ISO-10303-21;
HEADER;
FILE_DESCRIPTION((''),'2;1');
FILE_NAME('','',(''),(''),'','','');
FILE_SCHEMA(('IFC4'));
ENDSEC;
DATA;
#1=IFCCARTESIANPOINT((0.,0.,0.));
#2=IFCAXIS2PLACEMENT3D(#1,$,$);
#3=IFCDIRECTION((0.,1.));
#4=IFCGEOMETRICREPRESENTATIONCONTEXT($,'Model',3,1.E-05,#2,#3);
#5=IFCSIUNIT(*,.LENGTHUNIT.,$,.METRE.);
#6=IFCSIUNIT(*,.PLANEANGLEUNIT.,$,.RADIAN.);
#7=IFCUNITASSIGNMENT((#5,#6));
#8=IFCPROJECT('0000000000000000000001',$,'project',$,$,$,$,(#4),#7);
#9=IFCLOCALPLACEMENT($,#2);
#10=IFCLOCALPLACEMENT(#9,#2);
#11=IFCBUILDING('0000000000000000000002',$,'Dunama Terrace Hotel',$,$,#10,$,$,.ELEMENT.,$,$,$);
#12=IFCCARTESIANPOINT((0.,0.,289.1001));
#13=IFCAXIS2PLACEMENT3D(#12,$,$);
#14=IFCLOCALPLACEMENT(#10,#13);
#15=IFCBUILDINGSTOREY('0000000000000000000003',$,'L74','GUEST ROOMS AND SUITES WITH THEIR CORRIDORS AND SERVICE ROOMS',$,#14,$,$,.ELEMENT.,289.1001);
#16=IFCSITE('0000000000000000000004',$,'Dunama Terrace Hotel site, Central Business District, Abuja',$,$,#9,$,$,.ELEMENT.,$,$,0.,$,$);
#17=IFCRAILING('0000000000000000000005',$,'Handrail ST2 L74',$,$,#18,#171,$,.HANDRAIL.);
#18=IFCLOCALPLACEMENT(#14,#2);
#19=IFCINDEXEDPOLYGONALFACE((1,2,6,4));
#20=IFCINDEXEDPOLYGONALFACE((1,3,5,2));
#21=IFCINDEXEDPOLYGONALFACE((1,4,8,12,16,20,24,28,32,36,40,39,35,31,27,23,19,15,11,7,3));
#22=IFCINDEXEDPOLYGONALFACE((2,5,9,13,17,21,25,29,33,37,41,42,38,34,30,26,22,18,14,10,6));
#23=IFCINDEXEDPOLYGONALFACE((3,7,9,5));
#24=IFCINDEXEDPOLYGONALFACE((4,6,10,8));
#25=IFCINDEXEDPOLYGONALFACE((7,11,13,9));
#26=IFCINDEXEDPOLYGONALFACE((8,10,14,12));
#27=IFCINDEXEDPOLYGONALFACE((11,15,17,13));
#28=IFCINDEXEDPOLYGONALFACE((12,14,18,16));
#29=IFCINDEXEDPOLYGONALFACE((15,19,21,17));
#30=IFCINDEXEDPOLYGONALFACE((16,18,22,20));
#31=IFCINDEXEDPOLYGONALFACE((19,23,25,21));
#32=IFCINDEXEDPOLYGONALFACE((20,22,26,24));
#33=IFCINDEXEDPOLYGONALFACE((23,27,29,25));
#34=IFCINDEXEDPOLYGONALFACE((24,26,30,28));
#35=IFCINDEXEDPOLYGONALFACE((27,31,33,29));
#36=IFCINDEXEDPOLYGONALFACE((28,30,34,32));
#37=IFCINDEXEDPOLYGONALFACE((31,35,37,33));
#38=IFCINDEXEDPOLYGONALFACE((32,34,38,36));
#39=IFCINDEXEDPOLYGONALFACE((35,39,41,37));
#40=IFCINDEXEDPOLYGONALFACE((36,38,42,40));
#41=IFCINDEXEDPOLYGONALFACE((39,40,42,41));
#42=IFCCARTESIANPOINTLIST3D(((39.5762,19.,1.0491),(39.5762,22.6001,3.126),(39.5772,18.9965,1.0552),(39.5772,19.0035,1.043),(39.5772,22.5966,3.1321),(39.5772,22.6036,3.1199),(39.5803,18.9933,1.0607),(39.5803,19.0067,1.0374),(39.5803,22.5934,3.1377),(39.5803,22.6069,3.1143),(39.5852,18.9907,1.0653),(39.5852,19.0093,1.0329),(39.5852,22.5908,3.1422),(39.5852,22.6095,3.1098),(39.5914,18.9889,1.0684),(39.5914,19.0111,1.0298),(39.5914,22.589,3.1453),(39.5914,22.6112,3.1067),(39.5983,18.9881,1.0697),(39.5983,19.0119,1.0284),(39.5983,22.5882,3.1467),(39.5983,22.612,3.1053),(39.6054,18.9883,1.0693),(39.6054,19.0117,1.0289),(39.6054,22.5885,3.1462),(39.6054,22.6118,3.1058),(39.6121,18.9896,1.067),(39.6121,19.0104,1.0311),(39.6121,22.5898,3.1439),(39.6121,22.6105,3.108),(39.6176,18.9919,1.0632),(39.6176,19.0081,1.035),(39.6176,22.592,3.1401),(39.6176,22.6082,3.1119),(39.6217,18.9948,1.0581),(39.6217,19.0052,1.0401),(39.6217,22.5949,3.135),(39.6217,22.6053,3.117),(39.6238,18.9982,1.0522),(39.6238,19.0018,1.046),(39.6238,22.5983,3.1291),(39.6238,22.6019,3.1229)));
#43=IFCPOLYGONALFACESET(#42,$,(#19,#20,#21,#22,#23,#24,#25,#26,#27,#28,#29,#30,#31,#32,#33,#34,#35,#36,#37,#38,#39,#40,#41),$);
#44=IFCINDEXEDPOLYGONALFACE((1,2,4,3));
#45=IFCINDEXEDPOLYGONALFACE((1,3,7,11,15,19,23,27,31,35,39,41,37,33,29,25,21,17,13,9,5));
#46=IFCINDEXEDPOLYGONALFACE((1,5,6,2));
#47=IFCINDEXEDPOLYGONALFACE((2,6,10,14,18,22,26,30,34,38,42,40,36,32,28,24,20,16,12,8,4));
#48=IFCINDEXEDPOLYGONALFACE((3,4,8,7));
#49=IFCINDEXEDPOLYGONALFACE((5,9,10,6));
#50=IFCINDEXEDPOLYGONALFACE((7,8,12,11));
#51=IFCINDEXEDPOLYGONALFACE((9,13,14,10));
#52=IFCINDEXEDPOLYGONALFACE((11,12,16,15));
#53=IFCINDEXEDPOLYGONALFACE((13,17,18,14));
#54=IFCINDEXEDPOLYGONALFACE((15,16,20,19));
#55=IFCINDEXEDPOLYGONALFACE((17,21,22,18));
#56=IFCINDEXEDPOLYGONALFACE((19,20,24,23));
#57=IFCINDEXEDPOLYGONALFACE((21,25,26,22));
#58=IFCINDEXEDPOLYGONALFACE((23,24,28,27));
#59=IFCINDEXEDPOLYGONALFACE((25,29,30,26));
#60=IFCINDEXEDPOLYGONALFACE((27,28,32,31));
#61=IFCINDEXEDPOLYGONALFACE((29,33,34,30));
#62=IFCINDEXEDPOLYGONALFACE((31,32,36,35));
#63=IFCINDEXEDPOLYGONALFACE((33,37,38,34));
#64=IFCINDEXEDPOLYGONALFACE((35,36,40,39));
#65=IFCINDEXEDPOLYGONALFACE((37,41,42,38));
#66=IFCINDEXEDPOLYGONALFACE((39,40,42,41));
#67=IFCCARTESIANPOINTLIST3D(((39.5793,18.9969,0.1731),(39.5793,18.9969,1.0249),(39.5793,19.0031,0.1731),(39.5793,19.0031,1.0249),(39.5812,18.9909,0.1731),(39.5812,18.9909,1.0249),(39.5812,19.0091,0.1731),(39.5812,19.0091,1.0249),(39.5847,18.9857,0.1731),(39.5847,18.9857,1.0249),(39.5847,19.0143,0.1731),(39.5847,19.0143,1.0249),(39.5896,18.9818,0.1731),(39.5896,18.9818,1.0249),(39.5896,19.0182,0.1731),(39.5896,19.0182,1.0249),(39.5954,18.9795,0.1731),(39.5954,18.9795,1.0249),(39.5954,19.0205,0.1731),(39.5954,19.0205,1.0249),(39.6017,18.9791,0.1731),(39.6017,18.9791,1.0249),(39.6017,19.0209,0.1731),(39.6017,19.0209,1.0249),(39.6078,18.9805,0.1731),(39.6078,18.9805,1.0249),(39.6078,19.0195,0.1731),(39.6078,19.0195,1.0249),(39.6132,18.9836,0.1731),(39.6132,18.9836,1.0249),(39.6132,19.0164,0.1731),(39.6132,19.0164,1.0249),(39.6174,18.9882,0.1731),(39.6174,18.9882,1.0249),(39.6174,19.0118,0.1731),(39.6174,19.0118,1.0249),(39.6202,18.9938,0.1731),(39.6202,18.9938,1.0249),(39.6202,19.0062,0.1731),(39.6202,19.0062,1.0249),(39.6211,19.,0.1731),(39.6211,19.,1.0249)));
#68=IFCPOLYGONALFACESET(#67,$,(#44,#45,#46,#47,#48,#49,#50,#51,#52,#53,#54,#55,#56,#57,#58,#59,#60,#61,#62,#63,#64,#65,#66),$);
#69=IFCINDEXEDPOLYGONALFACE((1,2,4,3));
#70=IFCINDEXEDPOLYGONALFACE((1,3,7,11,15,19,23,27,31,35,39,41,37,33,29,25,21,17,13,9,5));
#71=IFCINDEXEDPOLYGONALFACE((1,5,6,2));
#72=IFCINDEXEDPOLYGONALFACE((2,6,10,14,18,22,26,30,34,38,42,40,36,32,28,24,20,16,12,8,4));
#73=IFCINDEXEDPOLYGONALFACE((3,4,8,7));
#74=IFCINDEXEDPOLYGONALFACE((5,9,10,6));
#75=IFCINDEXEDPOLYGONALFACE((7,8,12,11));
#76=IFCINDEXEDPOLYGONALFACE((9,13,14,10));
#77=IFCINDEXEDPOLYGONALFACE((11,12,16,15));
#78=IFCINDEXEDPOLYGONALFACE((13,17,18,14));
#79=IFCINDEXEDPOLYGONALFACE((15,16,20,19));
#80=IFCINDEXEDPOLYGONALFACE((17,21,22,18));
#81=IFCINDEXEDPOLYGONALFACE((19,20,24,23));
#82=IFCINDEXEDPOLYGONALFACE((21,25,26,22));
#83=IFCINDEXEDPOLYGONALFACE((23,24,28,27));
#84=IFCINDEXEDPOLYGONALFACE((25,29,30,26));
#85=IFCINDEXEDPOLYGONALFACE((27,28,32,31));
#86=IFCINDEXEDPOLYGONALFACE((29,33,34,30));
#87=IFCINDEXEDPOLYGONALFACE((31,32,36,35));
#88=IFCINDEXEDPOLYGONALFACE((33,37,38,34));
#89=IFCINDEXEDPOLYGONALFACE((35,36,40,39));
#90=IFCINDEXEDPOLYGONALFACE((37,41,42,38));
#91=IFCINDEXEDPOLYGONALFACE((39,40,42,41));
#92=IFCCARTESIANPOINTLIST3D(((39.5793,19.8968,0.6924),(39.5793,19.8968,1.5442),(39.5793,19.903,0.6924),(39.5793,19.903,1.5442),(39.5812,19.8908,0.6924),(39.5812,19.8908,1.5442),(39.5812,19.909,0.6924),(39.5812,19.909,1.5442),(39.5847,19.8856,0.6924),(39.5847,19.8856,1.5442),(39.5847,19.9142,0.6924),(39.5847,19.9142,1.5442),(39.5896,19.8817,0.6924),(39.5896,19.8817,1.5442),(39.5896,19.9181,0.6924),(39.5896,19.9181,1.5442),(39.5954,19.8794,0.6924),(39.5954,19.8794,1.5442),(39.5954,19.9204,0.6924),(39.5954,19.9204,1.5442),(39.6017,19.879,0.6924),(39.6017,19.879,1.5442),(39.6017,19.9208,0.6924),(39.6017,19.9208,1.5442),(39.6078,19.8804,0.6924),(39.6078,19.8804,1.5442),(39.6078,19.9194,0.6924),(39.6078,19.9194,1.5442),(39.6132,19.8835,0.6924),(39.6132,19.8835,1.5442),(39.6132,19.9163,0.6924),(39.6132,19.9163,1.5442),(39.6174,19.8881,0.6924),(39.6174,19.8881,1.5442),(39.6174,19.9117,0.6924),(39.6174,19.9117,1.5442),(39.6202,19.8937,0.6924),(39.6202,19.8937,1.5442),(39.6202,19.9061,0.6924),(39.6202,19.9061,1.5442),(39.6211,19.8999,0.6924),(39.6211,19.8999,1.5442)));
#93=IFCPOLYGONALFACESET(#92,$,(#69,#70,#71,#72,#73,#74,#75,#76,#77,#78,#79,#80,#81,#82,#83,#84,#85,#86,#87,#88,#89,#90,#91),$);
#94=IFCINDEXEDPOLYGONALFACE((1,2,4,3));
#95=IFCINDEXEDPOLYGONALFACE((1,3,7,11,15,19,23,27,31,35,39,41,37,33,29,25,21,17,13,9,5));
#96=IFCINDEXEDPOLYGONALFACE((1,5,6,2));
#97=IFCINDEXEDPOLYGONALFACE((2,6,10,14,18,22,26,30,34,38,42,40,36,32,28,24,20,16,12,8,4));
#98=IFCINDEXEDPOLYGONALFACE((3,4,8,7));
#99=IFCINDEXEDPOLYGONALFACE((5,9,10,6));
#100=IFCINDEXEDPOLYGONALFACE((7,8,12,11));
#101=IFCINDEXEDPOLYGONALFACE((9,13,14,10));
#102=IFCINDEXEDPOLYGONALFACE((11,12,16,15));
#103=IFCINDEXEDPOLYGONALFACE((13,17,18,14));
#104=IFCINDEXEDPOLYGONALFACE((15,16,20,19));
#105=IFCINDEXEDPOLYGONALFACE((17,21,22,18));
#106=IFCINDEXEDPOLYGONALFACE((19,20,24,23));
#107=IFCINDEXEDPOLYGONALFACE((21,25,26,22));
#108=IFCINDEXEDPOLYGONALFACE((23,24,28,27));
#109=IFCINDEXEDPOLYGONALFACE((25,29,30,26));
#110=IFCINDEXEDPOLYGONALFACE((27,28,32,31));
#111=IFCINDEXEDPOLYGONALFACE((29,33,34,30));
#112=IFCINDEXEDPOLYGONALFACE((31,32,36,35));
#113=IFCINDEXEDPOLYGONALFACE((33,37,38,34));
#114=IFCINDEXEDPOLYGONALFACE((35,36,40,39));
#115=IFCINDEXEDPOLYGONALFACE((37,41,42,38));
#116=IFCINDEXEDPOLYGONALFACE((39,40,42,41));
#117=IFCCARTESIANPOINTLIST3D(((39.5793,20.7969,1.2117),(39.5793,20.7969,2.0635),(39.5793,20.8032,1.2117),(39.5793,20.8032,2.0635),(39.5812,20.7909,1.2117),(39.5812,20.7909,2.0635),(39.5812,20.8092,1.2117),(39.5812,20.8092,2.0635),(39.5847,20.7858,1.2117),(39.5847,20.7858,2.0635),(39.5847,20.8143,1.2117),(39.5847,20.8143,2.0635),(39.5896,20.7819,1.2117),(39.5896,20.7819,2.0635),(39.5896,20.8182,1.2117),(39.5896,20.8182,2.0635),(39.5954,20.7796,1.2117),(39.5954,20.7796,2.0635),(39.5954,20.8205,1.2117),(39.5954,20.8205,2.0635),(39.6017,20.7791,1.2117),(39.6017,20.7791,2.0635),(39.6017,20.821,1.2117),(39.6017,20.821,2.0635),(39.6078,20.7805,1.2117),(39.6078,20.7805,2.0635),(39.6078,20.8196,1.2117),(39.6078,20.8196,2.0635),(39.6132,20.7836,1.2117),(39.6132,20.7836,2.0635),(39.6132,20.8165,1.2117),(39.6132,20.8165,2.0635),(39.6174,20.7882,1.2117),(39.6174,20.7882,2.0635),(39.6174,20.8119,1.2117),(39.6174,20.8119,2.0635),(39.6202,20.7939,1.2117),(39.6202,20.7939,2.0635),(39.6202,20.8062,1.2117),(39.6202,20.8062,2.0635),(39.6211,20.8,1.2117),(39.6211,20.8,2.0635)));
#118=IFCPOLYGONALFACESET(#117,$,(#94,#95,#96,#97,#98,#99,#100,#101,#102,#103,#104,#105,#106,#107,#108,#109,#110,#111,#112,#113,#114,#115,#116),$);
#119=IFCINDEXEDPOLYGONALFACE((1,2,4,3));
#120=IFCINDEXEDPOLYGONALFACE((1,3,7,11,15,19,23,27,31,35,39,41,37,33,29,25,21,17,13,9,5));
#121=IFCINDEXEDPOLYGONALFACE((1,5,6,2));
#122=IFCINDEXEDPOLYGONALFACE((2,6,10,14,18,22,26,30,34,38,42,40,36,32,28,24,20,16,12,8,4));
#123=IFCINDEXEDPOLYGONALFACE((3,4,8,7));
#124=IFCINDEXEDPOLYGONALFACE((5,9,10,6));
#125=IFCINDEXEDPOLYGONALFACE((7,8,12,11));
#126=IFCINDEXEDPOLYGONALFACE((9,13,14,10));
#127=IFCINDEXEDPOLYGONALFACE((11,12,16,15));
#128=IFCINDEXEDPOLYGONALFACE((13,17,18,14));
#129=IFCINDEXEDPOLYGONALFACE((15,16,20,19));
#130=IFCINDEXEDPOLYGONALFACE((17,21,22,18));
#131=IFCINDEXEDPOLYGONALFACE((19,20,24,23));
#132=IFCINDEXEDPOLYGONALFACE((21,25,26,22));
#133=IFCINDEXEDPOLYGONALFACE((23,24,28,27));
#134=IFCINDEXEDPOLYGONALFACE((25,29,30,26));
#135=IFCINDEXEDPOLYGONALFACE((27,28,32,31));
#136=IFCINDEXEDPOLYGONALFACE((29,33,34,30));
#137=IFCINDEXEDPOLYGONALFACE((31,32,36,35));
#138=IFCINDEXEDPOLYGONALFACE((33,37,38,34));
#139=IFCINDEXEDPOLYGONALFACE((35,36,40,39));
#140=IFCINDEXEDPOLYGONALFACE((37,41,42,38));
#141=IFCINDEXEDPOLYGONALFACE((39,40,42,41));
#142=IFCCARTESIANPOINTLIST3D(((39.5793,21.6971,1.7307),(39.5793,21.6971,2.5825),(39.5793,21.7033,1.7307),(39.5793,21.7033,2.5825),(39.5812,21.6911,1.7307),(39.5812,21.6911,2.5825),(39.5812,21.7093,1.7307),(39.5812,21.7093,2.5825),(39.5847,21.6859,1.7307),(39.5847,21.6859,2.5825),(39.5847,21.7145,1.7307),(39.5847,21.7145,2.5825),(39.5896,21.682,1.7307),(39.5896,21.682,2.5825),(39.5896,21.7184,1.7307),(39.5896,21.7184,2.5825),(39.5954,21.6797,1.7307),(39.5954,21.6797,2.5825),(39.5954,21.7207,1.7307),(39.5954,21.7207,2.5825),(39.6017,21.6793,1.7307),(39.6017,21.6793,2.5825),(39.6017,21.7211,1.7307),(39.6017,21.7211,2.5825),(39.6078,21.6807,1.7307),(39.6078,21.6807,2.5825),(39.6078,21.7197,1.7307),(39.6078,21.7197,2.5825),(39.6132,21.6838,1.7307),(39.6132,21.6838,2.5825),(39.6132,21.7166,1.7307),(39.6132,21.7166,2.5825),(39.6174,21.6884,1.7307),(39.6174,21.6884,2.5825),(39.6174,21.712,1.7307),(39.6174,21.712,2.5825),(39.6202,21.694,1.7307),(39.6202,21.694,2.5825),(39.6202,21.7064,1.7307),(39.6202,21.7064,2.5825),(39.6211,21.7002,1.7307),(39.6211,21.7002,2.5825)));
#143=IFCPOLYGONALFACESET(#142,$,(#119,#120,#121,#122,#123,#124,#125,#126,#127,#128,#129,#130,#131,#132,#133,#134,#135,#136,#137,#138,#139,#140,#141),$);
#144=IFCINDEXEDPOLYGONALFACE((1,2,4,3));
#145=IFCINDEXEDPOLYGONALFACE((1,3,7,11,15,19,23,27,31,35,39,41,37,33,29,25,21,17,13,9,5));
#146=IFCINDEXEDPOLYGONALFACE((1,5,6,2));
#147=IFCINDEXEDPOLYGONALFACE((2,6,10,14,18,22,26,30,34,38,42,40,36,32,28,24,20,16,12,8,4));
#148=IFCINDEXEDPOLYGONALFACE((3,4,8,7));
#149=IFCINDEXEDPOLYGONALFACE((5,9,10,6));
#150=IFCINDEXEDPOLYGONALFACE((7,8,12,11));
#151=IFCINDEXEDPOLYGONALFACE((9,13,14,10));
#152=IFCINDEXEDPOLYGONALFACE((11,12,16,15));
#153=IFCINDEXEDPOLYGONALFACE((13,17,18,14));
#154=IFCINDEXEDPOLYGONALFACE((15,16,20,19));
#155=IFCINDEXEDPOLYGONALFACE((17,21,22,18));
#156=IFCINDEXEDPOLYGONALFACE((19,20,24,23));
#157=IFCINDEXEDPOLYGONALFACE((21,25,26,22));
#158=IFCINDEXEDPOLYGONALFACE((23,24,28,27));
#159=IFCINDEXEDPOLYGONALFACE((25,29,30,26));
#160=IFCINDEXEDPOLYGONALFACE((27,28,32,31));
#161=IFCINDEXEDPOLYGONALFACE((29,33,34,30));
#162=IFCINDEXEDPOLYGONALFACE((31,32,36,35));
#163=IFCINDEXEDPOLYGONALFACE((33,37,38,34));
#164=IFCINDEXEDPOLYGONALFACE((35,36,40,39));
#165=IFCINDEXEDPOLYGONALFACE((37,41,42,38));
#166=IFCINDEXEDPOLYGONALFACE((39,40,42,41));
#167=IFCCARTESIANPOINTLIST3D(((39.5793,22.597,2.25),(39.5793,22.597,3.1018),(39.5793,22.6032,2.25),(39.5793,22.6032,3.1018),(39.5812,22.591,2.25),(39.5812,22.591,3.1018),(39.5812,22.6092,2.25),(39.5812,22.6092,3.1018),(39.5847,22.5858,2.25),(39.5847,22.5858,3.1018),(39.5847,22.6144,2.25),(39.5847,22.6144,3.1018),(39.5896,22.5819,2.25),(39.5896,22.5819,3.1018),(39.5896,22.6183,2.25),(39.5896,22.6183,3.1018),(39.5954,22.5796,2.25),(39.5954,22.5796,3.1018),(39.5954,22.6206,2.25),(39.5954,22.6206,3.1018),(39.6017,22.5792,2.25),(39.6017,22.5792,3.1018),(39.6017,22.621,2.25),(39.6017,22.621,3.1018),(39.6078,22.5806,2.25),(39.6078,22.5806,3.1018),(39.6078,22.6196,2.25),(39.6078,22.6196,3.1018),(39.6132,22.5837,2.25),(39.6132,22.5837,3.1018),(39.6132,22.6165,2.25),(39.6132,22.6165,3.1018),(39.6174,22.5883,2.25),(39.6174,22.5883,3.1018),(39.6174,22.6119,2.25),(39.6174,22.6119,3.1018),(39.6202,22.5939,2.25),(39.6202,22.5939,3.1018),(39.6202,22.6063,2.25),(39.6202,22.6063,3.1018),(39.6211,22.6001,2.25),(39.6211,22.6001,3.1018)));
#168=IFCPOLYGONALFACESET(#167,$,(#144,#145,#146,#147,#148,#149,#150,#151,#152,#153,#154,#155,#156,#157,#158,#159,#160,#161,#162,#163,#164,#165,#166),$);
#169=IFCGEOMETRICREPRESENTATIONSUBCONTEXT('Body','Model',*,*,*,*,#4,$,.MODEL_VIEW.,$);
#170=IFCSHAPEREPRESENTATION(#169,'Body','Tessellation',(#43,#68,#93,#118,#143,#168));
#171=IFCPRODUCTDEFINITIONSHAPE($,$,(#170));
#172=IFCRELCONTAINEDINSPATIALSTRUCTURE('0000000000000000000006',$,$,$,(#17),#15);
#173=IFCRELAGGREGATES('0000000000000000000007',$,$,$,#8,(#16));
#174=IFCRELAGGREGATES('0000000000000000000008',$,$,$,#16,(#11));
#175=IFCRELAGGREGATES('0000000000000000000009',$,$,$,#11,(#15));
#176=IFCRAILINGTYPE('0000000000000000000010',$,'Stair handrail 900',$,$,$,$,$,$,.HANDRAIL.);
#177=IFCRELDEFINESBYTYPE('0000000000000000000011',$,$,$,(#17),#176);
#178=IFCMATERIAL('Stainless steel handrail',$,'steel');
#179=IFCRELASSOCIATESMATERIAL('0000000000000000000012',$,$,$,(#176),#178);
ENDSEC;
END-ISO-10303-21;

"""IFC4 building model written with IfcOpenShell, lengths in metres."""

from ifc_helpers import new_model, si_unit, direction, frame, origin, origin_2d, place, context, subcontext, project, spatial, circle, extrude, material, type_object, element, save


model = new_model("IFC4")

# Units and contexts
model_context = context("Model", 3, precision=1e-05, world=origin(), true_north=direction((0.0, 1.0)))
body_context = subcontext(model_context, "Body", "Model", "MODEL_VIEW")
ifc_project = project(units=[si_unit("LENGTHUNIT", "METRE"), si_unit("PLANEANGLEUNIT", "RADIAN")], contexts=[model_context])

# Site, building, storey
site_placement = place(None, origin())
site = spatial("IfcSite", under=ifc_project, at=site_placement, Name="Dunama Terrace Hotel site, Central Business District, Abuja", CompositionType="ELEMENT", RefElevation=0.0)
building_placement = place(site_placement, origin())
building = spatial("IfcBuilding", under=site, at=building_placement, Name="Dunama Terrace Hotel", CompositionType="ELEMENT")
storey_placement = place(building_placement, frame((0.0, 0.0, 289.1001)))
storey = spatial("IfcBuildingStorey", under=building, at=storey_placement, Name="L74", Description="GUEST ROOMS AND SUITES WITH THEIR CORRIDORS AND SERVICE ROOMS", CompositionType="ELEMENT", Elevation=289.1001)

# Railing
ifc_material_1 = material(Name="Stainless steel handrail", Category="steel")
railing_type_1 = type_object("IfcRailingType", Name="Stair handrail 900", PredefinedType="HANDRAIL", material=ifc_material_1)
railing_1_placement = place(storey_placement, frame((39.6001, 19.0, 0.1731)))
element("IfcRailing", 1, at=railing_1_placement, inside=storey, type_object=railing_type_1, Name="Handrail ST2 L74", PredefinedType="HANDRAIL", context=body_context, shape_type="SweptSolid", body=[
    extrude(circle(Radius=0.0239, at=origin_2d()), frame((0.0, 0.0, 0.876), z_axis=(0.0, 0.866193, 0.499709), x_axis=(-1.0, 0.0, 0.0)), (0.0, 0.0, 1.0), 4.1562),
    extrude(circle(Radius=0.021, at=origin_2d()), origin(), (0.0, 0.0, 1.0), 0.8518),
    extrude(circle(Radius=0.021, at=origin_2d()), frame((0.0, 0.8999, 0.5193)), (0.0, 0.0, 1.0), 0.8518),
    extrude(circle(Radius=0.021, at=origin_2d()), frame((0.0, 1.8, 1.0386)), (0.0, 0.0, 1.0), 0.8518),
    extrude(circle(Radius=0.021, at=origin_2d()), frame((0.0, 2.7002, 1.5576)), (0.0, 0.0, 1.0), 0.8518),
    extrude(circle(Radius=0.021, at=origin_2d()), frame((0.0, 3.6001, 2.0769)), (0.0, 0.0, 1.0), 0.8518),
])

save(model, "model.ifc")
